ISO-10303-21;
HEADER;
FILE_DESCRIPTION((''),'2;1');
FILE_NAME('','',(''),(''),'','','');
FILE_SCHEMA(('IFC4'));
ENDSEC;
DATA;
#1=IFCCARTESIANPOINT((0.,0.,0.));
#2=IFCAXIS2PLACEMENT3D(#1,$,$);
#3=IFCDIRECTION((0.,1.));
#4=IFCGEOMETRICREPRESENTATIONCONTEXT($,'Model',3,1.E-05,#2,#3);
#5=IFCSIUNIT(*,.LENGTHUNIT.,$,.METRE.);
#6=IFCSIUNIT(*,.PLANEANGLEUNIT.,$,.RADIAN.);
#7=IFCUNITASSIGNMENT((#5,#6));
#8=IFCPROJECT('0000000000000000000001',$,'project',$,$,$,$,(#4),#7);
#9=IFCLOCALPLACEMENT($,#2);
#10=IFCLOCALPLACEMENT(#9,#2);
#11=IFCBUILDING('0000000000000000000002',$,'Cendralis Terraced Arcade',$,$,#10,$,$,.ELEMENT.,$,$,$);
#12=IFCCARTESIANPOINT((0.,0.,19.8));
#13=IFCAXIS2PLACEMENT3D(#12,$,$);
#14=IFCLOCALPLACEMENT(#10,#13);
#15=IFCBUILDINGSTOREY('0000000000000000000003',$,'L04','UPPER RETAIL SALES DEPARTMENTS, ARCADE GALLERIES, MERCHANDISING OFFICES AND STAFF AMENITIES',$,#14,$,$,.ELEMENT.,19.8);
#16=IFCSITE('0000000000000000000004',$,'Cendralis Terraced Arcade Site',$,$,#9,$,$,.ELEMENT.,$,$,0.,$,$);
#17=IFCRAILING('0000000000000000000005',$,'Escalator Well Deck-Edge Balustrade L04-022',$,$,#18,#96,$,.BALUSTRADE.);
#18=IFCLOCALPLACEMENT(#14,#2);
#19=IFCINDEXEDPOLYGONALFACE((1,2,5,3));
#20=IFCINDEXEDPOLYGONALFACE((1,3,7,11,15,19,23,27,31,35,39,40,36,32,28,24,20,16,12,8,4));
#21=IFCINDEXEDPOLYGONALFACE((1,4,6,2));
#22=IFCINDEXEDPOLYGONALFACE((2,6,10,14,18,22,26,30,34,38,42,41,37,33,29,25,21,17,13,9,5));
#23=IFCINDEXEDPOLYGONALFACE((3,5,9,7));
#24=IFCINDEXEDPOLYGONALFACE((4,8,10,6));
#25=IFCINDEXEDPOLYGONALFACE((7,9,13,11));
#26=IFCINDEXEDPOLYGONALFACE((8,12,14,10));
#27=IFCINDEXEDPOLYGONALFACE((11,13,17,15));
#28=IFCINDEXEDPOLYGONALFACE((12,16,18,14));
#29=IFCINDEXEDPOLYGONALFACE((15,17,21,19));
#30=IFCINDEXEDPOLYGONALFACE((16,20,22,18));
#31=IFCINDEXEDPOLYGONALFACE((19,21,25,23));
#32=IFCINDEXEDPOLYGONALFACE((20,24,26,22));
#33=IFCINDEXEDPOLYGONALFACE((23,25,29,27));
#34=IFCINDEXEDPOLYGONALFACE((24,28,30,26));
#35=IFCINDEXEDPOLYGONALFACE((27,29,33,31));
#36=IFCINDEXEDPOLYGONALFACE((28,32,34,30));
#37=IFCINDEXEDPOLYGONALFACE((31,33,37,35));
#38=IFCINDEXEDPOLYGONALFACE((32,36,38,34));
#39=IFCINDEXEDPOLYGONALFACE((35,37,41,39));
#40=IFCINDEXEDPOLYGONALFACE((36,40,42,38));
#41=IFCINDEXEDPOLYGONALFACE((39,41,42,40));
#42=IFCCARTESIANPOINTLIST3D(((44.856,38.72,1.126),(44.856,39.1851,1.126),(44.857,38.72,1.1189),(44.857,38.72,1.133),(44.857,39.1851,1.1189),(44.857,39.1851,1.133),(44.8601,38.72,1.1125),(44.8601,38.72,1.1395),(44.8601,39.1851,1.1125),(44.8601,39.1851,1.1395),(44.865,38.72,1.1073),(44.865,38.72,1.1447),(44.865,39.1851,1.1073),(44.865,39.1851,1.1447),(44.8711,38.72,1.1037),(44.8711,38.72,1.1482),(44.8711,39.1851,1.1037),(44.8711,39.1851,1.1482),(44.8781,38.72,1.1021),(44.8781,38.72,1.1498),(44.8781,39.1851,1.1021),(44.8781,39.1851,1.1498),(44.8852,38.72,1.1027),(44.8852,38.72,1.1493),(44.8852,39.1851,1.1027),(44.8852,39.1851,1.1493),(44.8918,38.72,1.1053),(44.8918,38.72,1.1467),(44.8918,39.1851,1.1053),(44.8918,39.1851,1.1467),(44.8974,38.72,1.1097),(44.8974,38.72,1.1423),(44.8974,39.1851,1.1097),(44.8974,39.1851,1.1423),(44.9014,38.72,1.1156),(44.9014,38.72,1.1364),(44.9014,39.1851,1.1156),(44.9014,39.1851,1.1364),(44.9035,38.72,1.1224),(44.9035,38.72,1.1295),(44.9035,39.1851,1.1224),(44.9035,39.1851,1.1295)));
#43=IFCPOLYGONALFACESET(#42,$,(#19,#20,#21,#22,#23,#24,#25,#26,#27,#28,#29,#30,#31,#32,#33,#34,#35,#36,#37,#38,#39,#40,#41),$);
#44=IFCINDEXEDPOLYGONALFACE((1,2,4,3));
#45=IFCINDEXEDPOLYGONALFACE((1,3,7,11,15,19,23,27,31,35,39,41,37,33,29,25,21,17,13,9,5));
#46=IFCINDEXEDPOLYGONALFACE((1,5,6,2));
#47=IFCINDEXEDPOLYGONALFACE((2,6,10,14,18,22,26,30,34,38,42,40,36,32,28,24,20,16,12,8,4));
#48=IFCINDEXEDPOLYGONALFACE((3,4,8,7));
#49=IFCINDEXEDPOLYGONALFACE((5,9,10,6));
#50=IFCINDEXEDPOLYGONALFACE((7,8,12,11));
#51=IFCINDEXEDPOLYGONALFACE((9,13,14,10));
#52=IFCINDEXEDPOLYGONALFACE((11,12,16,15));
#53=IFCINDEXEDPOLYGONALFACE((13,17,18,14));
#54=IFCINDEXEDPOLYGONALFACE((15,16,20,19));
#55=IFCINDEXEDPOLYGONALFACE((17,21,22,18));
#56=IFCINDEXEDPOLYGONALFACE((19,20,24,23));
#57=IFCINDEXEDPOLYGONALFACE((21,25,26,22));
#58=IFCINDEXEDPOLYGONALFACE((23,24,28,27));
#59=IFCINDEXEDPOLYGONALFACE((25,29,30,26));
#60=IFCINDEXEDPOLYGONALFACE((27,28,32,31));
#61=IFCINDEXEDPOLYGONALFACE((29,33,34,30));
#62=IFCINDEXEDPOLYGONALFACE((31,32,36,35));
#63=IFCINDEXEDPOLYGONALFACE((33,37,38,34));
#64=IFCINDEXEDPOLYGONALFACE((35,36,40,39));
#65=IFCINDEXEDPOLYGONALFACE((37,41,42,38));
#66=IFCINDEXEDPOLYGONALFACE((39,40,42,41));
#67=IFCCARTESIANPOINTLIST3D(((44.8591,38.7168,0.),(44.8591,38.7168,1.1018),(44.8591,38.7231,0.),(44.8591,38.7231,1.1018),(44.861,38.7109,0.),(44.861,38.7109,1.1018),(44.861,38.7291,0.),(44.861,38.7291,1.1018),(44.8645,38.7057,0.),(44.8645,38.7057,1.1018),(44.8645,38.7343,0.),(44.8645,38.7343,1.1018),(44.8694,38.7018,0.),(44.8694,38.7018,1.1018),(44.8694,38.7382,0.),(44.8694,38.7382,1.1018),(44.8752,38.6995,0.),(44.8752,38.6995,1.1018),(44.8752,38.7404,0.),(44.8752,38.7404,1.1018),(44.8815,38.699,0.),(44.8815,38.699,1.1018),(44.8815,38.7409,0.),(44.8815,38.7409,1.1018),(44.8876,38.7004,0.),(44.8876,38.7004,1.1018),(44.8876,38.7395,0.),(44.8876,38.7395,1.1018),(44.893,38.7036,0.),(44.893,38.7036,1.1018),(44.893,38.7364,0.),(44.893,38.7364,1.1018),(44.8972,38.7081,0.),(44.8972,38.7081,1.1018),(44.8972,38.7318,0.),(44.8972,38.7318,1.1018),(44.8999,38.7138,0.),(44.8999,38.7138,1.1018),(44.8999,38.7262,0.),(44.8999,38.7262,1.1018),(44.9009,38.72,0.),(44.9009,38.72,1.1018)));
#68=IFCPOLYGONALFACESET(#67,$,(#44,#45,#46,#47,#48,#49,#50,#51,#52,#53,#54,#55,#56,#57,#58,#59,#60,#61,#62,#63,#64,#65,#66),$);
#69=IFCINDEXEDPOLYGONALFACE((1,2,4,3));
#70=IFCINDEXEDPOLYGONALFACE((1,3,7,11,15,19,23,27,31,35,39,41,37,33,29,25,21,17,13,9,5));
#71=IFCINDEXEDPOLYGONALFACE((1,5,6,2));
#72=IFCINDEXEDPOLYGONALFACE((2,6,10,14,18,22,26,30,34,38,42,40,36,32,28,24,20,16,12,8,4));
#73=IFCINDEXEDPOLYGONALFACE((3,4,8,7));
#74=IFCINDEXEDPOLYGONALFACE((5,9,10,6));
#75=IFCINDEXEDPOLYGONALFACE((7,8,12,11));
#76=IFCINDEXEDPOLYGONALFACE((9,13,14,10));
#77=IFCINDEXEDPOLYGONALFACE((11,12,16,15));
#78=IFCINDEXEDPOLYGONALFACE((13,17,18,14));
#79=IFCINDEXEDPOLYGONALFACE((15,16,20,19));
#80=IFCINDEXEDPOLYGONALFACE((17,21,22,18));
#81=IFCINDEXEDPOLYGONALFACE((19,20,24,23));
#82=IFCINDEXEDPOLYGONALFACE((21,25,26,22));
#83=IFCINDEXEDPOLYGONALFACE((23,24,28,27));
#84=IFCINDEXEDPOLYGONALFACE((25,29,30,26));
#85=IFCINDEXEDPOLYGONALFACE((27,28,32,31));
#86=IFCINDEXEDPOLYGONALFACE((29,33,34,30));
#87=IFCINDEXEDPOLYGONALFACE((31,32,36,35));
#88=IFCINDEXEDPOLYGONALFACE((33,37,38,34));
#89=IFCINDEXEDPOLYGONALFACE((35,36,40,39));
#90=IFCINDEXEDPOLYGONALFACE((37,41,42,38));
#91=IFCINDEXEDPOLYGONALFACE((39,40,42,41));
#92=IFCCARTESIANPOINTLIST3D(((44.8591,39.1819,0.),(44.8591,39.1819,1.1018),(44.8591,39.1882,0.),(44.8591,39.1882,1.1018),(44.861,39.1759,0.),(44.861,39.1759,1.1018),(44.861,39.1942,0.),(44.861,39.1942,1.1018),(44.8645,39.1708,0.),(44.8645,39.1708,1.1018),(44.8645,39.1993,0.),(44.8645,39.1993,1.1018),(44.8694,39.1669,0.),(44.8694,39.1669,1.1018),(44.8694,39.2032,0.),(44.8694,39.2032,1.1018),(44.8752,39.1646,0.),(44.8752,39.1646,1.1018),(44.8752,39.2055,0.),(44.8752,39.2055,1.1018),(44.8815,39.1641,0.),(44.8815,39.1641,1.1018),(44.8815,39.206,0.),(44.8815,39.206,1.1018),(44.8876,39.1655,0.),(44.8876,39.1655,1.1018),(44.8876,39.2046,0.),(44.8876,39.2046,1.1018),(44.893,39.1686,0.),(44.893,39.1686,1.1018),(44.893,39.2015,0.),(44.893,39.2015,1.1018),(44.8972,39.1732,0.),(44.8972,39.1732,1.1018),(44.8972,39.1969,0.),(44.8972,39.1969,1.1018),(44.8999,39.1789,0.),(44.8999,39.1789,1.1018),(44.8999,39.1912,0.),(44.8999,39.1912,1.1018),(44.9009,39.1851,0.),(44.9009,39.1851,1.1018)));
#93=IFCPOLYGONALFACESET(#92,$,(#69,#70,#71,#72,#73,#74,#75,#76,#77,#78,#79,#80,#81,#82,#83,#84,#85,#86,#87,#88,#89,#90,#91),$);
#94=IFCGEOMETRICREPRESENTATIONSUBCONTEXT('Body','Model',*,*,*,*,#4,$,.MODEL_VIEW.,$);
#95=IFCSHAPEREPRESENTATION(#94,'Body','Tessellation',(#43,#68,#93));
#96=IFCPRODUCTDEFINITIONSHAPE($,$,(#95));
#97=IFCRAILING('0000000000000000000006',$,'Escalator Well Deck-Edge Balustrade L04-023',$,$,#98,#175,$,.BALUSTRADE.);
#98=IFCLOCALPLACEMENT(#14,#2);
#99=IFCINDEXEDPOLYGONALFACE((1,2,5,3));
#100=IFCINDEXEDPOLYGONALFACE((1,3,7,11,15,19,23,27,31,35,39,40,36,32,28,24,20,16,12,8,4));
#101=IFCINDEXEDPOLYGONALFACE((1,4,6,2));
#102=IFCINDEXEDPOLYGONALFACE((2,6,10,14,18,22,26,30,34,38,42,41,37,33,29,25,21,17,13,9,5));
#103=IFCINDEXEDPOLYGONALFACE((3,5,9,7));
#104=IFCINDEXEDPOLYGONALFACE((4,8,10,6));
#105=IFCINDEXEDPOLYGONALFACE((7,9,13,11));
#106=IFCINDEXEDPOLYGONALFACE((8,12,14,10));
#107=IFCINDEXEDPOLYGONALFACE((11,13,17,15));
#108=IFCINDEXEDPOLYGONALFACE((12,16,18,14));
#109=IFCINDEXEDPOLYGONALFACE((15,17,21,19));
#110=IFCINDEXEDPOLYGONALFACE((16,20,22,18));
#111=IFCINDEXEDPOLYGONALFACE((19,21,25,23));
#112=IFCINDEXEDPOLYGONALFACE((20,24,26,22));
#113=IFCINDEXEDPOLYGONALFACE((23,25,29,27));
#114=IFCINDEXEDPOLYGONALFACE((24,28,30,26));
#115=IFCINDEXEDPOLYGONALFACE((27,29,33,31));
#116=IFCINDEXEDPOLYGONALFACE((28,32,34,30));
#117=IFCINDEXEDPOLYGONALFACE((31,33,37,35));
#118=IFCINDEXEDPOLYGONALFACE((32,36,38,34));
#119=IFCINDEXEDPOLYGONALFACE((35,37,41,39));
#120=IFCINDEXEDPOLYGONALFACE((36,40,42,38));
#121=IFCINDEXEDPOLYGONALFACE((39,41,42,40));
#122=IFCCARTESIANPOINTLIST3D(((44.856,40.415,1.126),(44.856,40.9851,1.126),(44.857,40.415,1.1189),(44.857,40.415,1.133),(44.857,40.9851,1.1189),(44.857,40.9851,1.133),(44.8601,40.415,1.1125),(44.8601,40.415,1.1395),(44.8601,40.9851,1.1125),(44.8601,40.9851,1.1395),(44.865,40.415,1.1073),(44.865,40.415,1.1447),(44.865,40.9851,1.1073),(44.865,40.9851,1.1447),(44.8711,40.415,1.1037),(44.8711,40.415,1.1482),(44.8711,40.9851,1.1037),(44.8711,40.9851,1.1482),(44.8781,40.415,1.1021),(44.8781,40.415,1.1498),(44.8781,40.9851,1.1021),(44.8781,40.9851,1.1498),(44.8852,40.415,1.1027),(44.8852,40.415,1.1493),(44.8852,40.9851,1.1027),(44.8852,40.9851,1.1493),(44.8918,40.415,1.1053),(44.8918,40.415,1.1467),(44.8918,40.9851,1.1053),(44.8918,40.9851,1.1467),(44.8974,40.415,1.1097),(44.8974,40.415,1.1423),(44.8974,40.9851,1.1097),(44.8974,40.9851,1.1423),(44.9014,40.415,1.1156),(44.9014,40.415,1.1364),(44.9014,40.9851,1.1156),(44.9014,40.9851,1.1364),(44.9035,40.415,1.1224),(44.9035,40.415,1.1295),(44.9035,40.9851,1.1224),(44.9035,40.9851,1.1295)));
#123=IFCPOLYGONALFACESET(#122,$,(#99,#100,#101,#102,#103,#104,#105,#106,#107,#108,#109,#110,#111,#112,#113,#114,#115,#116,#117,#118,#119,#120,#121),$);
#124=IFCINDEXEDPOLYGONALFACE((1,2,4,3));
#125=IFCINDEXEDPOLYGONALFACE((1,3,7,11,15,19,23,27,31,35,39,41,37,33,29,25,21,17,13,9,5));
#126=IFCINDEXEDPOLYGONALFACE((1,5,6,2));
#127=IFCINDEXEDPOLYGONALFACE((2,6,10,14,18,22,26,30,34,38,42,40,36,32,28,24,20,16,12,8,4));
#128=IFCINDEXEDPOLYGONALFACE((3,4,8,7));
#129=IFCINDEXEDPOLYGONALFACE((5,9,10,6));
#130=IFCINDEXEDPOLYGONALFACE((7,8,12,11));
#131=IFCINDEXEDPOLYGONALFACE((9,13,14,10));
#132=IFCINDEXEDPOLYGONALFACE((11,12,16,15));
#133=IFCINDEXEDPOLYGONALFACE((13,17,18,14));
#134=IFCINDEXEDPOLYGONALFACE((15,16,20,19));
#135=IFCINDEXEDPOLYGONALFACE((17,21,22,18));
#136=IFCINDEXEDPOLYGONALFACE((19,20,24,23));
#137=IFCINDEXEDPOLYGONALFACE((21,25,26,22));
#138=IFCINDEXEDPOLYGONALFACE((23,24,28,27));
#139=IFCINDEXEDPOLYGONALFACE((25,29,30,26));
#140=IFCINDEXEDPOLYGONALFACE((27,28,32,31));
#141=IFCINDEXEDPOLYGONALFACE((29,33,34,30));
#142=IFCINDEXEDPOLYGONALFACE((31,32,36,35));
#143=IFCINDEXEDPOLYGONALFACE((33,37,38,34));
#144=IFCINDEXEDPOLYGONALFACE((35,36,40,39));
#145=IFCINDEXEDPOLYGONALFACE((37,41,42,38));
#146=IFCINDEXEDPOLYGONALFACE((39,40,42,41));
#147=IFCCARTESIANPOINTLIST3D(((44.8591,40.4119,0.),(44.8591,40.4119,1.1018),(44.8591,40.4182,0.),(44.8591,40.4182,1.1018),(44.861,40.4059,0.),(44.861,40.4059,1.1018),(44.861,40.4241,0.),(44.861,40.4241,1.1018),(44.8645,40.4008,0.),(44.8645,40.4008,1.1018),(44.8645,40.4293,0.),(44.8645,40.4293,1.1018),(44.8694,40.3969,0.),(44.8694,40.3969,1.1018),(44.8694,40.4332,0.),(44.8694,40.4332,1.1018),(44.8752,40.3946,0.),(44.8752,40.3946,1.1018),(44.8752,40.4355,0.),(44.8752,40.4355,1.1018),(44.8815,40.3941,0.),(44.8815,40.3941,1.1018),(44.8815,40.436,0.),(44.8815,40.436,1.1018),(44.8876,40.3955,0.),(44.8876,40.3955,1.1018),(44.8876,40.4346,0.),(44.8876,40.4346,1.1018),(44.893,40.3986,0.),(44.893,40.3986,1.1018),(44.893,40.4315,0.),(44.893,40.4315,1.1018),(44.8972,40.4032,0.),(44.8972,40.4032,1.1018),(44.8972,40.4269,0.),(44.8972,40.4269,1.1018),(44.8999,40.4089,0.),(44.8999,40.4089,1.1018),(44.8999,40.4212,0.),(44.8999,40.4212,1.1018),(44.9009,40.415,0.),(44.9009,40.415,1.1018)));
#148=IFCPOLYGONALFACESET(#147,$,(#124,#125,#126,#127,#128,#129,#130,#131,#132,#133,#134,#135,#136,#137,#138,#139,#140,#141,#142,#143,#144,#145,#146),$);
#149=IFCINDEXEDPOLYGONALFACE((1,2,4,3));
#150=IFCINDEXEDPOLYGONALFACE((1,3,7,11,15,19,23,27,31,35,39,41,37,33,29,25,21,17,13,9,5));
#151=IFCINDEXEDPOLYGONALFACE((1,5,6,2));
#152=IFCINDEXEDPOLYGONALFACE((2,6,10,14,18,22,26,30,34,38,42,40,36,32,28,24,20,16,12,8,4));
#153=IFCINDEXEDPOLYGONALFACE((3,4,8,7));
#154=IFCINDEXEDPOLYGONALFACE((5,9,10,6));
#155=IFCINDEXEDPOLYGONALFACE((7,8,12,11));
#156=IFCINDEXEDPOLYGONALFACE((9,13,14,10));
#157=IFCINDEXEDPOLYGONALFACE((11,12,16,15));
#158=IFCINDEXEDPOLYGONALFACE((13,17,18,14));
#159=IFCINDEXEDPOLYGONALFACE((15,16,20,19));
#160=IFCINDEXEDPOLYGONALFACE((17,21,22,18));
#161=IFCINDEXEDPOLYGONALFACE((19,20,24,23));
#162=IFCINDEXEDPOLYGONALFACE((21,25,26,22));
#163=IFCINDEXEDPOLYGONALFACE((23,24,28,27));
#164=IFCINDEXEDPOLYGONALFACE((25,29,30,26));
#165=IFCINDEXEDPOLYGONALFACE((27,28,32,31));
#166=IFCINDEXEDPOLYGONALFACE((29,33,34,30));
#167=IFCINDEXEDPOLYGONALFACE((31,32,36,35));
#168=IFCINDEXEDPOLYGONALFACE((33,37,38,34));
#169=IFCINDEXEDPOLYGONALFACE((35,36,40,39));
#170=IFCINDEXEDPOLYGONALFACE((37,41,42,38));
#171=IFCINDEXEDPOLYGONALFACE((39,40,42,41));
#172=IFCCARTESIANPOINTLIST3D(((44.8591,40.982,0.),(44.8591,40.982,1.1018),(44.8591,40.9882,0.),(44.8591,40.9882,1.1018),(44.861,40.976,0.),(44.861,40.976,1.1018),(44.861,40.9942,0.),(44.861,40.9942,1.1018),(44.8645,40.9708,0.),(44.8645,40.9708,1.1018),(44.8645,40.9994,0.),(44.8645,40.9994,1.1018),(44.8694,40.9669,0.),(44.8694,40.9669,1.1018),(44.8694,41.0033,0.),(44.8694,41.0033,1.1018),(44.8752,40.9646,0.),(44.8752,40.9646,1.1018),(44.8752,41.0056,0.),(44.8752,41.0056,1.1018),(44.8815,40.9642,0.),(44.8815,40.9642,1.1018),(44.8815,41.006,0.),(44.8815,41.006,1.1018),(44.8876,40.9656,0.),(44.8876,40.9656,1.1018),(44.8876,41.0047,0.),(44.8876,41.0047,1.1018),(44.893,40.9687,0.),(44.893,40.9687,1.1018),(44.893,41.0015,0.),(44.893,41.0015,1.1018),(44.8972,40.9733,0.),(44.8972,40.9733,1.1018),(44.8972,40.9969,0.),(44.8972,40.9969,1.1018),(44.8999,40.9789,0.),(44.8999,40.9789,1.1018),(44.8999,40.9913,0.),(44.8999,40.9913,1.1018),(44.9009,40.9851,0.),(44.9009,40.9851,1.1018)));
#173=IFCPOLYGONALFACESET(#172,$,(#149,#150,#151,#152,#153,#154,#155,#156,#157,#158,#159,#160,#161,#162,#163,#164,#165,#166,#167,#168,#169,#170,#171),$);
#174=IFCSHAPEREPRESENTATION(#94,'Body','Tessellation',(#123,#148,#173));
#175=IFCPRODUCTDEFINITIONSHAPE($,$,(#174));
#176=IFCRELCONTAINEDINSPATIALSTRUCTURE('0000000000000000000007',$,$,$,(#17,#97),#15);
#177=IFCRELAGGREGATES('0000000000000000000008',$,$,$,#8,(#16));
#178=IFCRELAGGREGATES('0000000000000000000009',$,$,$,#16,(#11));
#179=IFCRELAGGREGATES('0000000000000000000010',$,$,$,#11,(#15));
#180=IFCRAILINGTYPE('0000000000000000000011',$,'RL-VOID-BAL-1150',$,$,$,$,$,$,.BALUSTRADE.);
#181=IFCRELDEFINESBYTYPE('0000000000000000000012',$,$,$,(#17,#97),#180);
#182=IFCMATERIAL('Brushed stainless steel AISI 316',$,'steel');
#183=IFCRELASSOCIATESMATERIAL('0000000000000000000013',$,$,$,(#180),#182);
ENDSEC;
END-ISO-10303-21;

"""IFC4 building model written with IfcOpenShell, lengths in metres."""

from ifc_helpers import new_model, si_unit, direction, frame, origin, origin_2d, place, context, subcontext, project, spatial, circle, extrude, material, type_object, element, save


model = new_model("IFC4")

# Units and contexts
model_context = context("Model", 3, precision=1e-05, world=origin(), true_north=direction((0.0, 1.0)))
body_context = subcontext(model_context, "Body", "Model", "MODEL_VIEW")
ifc_project = project(units=[si_unit("LENGTHUNIT", "METRE"), si_unit("PLANEANGLEUNIT", "RADIAN")], contexts=[model_context])

# Site, building, storey
site_placement = place(None, origin())
site = spatial("IfcSite", under=ifc_project, at=site_placement, Name="Cendralis Terraced Arcade Site", CompositionType="ELEMENT", RefElevation=0.0)
building_placement = place(site_placement, origin())
building = spatial("IfcBuilding", under=site, at=building_placement, Name="Cendralis Terraced Arcade", CompositionType="ELEMENT")
storey_placement = place(building_placement, frame((0.0, 0.0, 19.8)))
storey = spatial("IfcBuildingStorey", under=building, at=storey_placement, Name="L04", Description="UPPER RETAIL SALES DEPARTMENTS, ARCADE GALLERIES, MERCHANDISING OFFICES AND STAFF AMENITIES", CompositionType="ELEMENT", Elevation=19.8)

# Railings
ifc_material_1 = material(Name="Brushed stainless steel AISI 316", Category="steel")
railing_type_1 = type_object("IfcRailingType", Name="RL-VOID-BAL-1150", PredefinedType="BALUSTRADE", material=ifc_material_1)
railing_1_placement = place(storey_placement, frame((44.8799, 38.72, 0.0)))
element("IfcRailing", 1, at=railing_1_placement, inside=storey, type_object=railing_type_1, Name="Escalator Well Deck-Edge Balustrade L04-022", PredefinedType="BALUSTRADE", context=body_context, shape_type="SweptSolid", body=[
    extrude(circle(Radius=0.0239, at=origin_2d()), frame((0.0, 0.0, 1.126), z_axis=(0.0, 1.0, 0.0), x_axis=(-1.0, 0.0, 0.0)), (0.0, 0.0, 1.0), 0.4651),
    extrude(circle(Radius=0.021, at=origin_2d()), origin(), (0.0, 0.0, 1.0), 1.1018),
    extrude(circle(Radius=0.021, at=origin_2d()), frame((0.0, 0.4651, 0.0)), (0.0, 0.0, 1.0), 1.1018),
])
railing_2_placement = place(storey_placement, frame((44.8799, 40.415, 0.0)))
element("IfcRailing", 2, at=railing_2_placement, inside=storey, type_object=railing_type_1, Name="Escalator Well Deck-Edge Balustrade L04-023", PredefinedType="BALUSTRADE", context=body_context, shape_type="SweptSolid", body=[
    extrude(circle(Radius=0.0239, at=origin_2d()), frame((0.0, 0.0, 1.126), z_axis=(0.0, 1.0, 0.0), x_axis=(-1.0, 0.0, 0.0)), (0.0, 0.0, 1.0), 0.5701),
    extrude(circle(Radius=0.021, at=origin_2d()), origin(), (0.0, 0.0, 1.0), 1.1018),
    extrude(circle(Radius=0.021, at=origin_2d()), frame((0.0, 0.5701, 0.0)), (0.0, 0.0, 1.0), 1.1018),
])

save(model, "model.ifc")
